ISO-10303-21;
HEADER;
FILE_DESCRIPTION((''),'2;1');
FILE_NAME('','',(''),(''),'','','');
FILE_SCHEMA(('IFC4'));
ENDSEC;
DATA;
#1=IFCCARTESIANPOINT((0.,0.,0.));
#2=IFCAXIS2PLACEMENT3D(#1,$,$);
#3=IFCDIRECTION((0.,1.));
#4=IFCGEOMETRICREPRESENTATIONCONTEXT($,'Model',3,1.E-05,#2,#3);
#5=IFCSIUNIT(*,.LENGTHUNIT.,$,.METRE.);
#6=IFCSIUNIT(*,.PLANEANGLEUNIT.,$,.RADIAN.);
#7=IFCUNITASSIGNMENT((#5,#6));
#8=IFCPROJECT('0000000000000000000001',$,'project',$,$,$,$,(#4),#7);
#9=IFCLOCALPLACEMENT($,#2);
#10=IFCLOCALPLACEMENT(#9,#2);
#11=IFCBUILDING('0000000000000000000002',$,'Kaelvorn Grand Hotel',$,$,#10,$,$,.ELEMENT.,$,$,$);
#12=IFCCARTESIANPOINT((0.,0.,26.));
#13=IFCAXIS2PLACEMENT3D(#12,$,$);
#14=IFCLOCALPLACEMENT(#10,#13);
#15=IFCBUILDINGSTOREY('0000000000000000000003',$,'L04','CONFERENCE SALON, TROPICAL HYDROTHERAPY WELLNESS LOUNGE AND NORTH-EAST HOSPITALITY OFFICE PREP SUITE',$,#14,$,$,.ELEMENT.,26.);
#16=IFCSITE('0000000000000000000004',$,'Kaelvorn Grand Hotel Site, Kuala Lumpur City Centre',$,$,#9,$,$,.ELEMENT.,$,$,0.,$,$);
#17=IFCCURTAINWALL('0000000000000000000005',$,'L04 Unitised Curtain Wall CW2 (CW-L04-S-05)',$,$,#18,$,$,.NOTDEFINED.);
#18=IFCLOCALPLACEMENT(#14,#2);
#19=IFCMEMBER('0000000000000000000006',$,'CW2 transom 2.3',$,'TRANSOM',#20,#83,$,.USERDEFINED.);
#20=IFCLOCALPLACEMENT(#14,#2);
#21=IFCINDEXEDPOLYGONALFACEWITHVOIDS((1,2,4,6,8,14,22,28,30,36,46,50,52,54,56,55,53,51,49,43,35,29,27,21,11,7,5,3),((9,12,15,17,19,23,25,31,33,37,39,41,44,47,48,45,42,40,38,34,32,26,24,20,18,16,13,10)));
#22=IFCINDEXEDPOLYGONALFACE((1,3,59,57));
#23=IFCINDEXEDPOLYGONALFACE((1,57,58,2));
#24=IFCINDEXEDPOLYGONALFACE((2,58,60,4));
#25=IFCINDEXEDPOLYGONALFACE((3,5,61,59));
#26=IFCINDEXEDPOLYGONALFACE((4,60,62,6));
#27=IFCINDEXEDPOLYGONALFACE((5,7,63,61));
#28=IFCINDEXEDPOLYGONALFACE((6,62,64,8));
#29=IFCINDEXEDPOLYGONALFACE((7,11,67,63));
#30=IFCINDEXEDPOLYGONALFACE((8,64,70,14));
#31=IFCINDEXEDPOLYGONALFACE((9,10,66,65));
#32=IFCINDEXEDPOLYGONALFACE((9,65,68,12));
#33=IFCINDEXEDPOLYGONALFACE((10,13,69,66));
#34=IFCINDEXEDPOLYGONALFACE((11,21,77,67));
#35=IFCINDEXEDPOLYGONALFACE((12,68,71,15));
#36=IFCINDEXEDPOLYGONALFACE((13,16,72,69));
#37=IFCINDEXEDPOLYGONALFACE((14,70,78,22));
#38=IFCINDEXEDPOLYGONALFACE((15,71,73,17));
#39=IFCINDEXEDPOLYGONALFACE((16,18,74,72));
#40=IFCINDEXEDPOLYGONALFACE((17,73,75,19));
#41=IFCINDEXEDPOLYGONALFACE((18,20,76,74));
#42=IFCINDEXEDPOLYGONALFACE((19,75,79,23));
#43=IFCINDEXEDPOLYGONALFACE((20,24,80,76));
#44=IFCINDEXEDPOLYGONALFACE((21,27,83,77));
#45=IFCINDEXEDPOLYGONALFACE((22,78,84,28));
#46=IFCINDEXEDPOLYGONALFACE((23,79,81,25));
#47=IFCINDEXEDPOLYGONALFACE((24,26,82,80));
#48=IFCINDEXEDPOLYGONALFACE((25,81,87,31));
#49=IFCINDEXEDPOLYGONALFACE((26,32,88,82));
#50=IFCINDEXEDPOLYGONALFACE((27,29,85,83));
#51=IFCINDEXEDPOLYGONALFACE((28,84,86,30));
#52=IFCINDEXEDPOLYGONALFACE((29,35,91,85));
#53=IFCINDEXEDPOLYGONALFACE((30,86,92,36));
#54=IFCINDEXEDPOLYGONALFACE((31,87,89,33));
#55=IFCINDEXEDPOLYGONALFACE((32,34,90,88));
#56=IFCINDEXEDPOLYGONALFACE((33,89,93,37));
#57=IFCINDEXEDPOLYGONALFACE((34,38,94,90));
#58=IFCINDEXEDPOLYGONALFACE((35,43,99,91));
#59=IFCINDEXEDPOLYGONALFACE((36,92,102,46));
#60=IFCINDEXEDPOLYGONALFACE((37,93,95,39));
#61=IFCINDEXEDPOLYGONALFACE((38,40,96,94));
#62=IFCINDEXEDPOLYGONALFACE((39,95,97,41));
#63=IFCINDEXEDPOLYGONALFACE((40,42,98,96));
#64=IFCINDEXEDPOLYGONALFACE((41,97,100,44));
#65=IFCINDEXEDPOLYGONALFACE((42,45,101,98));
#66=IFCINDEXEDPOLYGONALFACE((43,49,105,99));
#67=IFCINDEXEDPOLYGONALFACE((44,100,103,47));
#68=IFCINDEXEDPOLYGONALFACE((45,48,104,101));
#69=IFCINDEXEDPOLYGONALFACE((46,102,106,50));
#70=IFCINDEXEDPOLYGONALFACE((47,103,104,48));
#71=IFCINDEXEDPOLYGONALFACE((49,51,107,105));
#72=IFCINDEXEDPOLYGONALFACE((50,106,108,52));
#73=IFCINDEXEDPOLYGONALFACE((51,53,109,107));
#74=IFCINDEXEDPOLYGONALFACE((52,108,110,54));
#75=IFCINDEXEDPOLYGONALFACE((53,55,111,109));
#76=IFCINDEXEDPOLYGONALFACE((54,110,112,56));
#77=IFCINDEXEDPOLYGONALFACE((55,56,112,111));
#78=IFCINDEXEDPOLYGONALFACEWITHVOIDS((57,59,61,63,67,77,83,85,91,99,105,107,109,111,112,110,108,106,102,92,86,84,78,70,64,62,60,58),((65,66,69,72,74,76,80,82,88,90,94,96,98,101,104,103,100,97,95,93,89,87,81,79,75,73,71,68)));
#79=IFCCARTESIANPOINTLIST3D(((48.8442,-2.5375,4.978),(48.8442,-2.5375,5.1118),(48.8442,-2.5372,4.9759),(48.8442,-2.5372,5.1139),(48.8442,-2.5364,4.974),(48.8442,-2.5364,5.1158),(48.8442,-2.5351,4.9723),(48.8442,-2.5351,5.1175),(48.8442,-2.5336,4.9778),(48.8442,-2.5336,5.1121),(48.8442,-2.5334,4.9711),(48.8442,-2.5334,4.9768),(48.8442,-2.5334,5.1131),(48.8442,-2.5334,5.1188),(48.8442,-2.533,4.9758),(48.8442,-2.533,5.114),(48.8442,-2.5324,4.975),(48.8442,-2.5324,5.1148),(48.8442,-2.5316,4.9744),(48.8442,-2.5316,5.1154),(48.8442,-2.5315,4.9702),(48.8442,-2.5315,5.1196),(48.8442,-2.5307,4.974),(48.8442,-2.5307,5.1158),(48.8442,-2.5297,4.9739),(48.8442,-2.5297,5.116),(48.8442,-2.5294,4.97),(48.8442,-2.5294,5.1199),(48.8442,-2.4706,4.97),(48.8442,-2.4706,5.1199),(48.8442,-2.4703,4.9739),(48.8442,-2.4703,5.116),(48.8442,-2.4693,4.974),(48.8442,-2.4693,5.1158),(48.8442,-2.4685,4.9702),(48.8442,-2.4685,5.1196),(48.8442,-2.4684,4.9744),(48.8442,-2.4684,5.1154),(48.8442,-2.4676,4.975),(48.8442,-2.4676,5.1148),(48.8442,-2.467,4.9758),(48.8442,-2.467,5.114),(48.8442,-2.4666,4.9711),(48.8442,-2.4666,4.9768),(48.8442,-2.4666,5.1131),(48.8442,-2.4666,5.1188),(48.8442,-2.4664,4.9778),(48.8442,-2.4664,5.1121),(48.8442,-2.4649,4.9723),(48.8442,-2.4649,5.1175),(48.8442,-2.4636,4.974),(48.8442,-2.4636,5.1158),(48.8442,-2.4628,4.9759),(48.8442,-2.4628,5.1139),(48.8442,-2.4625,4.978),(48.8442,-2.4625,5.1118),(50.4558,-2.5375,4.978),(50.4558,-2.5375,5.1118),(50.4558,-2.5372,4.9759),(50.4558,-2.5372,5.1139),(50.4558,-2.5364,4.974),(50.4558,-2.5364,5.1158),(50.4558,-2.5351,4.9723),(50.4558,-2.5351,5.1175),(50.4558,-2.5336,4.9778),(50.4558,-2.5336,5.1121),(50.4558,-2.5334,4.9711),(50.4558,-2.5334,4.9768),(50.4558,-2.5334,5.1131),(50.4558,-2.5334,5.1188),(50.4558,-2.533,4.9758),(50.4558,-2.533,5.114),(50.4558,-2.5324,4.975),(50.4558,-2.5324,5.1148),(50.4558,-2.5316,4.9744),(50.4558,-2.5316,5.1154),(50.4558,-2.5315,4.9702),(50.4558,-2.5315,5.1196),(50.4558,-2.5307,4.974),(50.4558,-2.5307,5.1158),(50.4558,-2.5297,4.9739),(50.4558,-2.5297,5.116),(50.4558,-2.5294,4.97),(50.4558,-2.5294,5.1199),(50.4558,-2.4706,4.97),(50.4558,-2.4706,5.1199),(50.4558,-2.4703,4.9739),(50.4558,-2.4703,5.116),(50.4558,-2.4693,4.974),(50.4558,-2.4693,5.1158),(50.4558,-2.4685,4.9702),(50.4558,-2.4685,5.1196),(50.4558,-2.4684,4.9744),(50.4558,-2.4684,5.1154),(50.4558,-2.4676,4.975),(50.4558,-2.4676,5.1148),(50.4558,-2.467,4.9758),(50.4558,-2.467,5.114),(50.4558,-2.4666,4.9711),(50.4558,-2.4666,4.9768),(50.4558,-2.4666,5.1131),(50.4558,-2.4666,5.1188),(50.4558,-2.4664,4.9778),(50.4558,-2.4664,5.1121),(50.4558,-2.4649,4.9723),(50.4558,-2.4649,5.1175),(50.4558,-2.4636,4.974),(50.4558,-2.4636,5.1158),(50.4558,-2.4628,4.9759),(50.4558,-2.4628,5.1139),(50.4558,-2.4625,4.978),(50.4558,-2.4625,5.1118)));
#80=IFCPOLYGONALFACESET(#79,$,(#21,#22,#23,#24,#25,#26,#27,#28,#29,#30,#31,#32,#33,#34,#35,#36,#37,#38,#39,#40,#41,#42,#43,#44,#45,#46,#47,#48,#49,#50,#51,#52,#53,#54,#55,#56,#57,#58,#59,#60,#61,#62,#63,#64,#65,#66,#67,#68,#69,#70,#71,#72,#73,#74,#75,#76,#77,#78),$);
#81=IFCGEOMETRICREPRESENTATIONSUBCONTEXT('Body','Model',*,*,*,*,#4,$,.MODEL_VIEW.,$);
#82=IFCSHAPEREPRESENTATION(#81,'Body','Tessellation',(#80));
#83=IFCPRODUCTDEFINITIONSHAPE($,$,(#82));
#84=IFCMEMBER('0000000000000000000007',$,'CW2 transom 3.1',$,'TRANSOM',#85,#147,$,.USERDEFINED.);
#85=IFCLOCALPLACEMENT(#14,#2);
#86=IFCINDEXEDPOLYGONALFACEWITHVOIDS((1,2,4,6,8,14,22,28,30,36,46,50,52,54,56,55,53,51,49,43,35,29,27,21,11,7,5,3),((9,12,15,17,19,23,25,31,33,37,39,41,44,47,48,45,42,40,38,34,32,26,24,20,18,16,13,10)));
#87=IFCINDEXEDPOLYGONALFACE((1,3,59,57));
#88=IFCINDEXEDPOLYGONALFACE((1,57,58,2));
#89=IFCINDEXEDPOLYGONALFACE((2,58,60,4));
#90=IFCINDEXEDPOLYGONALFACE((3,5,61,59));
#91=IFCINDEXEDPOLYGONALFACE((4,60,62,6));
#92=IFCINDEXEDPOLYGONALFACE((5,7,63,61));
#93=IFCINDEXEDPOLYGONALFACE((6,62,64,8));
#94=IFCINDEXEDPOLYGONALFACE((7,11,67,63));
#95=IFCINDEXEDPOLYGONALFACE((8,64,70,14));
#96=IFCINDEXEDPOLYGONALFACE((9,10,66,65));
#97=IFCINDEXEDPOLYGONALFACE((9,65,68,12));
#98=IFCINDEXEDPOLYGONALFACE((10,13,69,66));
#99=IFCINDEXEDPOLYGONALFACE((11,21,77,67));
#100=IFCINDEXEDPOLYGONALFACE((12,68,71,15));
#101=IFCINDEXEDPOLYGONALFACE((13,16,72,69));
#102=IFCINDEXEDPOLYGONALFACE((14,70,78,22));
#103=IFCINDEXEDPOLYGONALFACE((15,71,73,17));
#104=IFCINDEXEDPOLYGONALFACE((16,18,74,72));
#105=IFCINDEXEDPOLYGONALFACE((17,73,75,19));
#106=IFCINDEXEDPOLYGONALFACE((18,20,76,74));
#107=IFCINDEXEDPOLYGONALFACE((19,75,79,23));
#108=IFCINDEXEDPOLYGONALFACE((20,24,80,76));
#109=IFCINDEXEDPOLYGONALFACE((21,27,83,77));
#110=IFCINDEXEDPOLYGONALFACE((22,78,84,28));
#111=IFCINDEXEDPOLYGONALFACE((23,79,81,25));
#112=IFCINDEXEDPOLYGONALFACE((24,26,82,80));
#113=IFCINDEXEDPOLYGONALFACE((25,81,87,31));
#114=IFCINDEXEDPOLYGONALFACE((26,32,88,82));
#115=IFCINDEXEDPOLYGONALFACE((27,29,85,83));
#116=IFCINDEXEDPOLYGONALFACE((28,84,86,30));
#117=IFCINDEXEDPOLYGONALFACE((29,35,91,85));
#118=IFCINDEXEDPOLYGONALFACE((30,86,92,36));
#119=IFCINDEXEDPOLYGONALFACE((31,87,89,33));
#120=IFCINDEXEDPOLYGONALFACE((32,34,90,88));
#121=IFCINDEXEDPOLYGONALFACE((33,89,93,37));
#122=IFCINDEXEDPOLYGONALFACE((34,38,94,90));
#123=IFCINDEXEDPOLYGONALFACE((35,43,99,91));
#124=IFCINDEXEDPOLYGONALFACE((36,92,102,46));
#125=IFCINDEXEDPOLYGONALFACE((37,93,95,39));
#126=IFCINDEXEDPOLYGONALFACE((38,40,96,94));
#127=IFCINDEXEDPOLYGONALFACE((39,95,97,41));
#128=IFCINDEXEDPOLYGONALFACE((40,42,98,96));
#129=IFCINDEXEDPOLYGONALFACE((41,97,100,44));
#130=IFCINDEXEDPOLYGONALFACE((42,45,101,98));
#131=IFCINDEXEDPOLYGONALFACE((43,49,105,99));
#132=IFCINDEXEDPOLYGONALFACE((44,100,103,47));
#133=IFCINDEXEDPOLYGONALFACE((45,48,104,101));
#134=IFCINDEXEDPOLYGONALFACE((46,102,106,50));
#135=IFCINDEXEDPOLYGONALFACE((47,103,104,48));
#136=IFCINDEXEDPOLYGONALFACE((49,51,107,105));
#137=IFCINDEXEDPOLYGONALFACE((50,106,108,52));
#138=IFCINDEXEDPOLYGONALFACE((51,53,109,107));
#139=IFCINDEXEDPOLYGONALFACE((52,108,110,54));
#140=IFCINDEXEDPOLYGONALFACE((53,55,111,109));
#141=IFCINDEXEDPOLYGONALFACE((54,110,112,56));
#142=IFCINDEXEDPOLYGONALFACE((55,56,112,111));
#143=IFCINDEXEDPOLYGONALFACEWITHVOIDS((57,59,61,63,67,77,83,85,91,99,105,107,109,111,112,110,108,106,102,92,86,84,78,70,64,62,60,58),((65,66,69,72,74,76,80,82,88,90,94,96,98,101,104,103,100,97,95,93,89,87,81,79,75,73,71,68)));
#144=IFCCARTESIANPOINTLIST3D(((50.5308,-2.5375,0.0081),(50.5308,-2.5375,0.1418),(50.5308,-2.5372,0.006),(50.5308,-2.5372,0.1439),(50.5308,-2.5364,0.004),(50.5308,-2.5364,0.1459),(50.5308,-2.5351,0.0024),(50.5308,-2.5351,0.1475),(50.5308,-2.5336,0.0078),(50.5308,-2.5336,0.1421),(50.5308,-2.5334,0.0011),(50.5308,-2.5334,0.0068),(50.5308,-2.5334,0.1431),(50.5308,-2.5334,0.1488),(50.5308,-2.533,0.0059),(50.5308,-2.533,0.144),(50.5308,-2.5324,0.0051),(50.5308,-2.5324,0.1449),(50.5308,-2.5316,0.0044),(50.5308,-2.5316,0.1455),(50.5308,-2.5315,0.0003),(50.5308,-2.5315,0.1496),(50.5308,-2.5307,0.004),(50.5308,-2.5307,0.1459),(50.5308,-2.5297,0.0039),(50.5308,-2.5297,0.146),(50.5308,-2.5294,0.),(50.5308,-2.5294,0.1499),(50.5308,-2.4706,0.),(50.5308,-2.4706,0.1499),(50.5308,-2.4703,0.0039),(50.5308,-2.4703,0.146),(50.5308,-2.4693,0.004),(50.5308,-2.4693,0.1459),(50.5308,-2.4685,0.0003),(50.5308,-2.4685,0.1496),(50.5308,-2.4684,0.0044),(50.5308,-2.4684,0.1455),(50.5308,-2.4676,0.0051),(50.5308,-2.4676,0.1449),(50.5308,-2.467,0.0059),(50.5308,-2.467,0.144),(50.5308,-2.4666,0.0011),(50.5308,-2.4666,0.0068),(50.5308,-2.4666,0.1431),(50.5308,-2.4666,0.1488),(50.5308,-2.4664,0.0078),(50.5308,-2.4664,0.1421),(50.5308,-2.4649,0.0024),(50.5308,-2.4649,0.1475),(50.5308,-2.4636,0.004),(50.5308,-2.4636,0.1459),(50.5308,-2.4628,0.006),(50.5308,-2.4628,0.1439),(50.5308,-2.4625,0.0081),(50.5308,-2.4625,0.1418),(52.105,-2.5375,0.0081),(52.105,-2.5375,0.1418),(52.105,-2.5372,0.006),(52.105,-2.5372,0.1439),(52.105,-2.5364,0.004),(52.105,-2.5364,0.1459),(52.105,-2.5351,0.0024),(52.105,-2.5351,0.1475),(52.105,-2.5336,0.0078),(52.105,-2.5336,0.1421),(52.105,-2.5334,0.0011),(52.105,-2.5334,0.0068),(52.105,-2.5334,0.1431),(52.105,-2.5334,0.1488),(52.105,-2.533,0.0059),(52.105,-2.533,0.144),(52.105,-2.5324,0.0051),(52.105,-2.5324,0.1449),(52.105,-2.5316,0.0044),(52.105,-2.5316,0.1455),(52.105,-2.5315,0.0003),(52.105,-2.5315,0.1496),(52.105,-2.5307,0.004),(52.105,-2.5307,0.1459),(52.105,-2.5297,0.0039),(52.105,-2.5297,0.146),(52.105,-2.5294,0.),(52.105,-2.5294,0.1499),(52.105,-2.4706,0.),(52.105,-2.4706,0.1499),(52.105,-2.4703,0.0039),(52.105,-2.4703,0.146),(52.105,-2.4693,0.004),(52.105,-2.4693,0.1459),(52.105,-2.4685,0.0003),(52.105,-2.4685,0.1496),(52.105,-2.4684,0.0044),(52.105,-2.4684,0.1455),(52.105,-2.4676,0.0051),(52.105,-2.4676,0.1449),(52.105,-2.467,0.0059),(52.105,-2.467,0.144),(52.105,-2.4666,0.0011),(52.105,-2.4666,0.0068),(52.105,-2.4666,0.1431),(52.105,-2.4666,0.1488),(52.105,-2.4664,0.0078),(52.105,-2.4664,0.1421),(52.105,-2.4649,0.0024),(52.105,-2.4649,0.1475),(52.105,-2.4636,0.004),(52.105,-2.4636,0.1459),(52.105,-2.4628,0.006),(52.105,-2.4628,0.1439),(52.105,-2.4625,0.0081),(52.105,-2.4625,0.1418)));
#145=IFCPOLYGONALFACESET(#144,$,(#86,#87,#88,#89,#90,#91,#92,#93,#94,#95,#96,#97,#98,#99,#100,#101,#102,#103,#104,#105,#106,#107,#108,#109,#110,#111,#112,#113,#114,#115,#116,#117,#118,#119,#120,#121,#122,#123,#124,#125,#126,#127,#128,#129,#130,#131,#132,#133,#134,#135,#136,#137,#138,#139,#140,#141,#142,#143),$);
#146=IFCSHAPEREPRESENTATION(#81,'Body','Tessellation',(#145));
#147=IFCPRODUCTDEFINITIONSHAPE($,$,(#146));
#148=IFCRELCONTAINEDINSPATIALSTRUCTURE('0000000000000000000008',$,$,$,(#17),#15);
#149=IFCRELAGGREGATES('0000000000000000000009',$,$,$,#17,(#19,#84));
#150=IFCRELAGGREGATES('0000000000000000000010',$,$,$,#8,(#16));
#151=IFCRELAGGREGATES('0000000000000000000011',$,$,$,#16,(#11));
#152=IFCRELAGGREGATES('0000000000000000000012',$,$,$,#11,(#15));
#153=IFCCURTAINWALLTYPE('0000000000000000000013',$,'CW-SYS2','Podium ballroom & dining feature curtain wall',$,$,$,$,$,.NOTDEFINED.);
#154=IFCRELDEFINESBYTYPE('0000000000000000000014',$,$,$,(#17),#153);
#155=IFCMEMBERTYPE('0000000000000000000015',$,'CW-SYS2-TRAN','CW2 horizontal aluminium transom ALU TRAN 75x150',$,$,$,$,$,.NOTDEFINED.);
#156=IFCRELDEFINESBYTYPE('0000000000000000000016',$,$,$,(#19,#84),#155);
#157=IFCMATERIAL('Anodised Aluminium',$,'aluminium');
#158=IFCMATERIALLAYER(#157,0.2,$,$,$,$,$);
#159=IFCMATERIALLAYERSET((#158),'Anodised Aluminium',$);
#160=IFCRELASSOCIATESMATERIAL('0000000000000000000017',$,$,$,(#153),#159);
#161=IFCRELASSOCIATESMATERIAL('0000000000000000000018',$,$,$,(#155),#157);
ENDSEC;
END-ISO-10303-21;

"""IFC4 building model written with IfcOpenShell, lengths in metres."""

from ifc_helpers import new_model, si_unit, direction, frame, origin, origin_2d, place, context, subcontext, project, spatial, hollow_rectangle, extrude, material, layer, layer_set, material_profile, profile_set, type_object, element, aggregate, save


model = new_model("IFC4")

# Units and contexts
model_context = context("Model", 3, precision=1e-05, world=origin(), true_north=direction((0.0, 1.0)))
body_context = subcontext(model_context, "Body", "Model", "MODEL_VIEW")
ifc_project = project(units=[si_unit("LENGTHUNIT", "METRE"), si_unit("PLANEANGLEUNIT", "RADIAN")], contexts=[model_context])

# Site, building, storey
site_placement = place(None, origin())
site = spatial("IfcSite", under=ifc_project, at=site_placement, Name="Kaelvorn Grand Hotel Site, Kuala Lumpur City Centre", CompositionType="ELEMENT", RefElevation=0.0)
building_placement = place(site_placement, origin())
building = spatial("IfcBuilding", under=site, at=building_placement, Name="Kaelvorn Grand Hotel", CompositionType="ELEMENT")
storey_placement = place(building_placement, frame((0.0, 0.0, 26.0)))
storey = spatial("IfcBuildingStorey", under=building, at=storey_placement, Name="L04", Description="CONFERENCE SALON, TROPICAL HYDROTHERAPY WELLNESS LOUNGE AND NORTH-EAST HOSPITALITY OFFICE PREP SUITE", CompositionType="ELEMENT", Elevation=26.0)

# Curtain wall
ifc_material_1 = material(Name="Anodised Aluminium", Category="aluminium")
ifc_layer_1 = layer(ifc_material_1, 0.2)
ifc_layer_set_1 = layer_set([ifc_layer_1], Name="Anodised Aluminium")
curtain_wall_type = type_object("IfcCurtainWallType", Name="CW-SYS2", Description="Podium ballroom & dining feature curtain wall", PredefinedType="NOTDEFINED", material=ifc_layer_set_1)
curtain_wall_1_placement = place(storey_placement, origin())
curtain_wall_1 = element("IfcCurtainWall", 1, at=curtain_wall_1_placement, inside=storey, type_object=curtain_wall_type, Name="L04 Unitised Curtain Wall CW2 (CW-L04-S-05)", PredefinedType="NOTDEFINED")

# Members
ifc_material_profile_1 = material_profile(ifc_material_1, hollow_rectangle(XDim=0.075, YDim=0.1499, WallThickness=0.0039, InnerFilletRadius=0.0039, OuterFilletRadius=0.0081, at=origin_2d()), Name="ALU TRAN 75x150")
ifc_profile_set_1 = profile_set([ifc_material_profile_1], Name="Anodised Aluminium")
member_type_1 = type_object("IfcMemberType", Name="CW-SYS2-TRAN", Description="CW2 horizontal aluminium transom ALU TRAN 75x150", PredefinedType="NOTDEFINED", material=ifc_profile_set_1)
member_1_placement = place(storey_placement, frame((48.8442, -2.5, 5.0449), z_axis=(1.0, 0.0, 0.0), x_axis=(0.0, 1.0, 0.0)))
member_1 = element("IfcMember", 2, at=member_1_placement, type_object=member_type_1, Name="CW2 transom 2.3", ObjectType="TRANSOM", PredefinedType="USERDEFINED", context=body_context, shape_type="SweptSolid", body=[
    extrude(hollow_rectangle(XDim=0.075, YDim=0.1499, WallThickness=0.0039, InnerFilletRadius=0.0039, OuterFilletRadius=0.0081, at=origin_2d()), origin(), (0.0, 0.0, 1.0), 1.6116),
])
member_2_placement = place(storey_placement, frame((50.5308, -2.5, 0.075), z_axis=(1.0, 0.0, 0.0), x_axis=(0.0, 1.0, 0.0)))
member_2 = element("IfcMember", 3, at=member_2_placement, type_object=member_type_1, Name="CW2 transom 3.1", ObjectType="TRANSOM", PredefinedType="USERDEFINED", context=body_context, shape_type="SweptSolid", body=[
    extrude(hollow_rectangle(XDim=0.075, YDim=0.1499, WallThickness=0.0039, InnerFilletRadius=0.0039, OuterFilletRadius=0.0081, at=origin_2d()), origin(), (0.0, 0.0, 1.0), 1.5742),
])

aggregate(curtain_wall_1, [member_1, member_2])

save(model, "model.ifc")
